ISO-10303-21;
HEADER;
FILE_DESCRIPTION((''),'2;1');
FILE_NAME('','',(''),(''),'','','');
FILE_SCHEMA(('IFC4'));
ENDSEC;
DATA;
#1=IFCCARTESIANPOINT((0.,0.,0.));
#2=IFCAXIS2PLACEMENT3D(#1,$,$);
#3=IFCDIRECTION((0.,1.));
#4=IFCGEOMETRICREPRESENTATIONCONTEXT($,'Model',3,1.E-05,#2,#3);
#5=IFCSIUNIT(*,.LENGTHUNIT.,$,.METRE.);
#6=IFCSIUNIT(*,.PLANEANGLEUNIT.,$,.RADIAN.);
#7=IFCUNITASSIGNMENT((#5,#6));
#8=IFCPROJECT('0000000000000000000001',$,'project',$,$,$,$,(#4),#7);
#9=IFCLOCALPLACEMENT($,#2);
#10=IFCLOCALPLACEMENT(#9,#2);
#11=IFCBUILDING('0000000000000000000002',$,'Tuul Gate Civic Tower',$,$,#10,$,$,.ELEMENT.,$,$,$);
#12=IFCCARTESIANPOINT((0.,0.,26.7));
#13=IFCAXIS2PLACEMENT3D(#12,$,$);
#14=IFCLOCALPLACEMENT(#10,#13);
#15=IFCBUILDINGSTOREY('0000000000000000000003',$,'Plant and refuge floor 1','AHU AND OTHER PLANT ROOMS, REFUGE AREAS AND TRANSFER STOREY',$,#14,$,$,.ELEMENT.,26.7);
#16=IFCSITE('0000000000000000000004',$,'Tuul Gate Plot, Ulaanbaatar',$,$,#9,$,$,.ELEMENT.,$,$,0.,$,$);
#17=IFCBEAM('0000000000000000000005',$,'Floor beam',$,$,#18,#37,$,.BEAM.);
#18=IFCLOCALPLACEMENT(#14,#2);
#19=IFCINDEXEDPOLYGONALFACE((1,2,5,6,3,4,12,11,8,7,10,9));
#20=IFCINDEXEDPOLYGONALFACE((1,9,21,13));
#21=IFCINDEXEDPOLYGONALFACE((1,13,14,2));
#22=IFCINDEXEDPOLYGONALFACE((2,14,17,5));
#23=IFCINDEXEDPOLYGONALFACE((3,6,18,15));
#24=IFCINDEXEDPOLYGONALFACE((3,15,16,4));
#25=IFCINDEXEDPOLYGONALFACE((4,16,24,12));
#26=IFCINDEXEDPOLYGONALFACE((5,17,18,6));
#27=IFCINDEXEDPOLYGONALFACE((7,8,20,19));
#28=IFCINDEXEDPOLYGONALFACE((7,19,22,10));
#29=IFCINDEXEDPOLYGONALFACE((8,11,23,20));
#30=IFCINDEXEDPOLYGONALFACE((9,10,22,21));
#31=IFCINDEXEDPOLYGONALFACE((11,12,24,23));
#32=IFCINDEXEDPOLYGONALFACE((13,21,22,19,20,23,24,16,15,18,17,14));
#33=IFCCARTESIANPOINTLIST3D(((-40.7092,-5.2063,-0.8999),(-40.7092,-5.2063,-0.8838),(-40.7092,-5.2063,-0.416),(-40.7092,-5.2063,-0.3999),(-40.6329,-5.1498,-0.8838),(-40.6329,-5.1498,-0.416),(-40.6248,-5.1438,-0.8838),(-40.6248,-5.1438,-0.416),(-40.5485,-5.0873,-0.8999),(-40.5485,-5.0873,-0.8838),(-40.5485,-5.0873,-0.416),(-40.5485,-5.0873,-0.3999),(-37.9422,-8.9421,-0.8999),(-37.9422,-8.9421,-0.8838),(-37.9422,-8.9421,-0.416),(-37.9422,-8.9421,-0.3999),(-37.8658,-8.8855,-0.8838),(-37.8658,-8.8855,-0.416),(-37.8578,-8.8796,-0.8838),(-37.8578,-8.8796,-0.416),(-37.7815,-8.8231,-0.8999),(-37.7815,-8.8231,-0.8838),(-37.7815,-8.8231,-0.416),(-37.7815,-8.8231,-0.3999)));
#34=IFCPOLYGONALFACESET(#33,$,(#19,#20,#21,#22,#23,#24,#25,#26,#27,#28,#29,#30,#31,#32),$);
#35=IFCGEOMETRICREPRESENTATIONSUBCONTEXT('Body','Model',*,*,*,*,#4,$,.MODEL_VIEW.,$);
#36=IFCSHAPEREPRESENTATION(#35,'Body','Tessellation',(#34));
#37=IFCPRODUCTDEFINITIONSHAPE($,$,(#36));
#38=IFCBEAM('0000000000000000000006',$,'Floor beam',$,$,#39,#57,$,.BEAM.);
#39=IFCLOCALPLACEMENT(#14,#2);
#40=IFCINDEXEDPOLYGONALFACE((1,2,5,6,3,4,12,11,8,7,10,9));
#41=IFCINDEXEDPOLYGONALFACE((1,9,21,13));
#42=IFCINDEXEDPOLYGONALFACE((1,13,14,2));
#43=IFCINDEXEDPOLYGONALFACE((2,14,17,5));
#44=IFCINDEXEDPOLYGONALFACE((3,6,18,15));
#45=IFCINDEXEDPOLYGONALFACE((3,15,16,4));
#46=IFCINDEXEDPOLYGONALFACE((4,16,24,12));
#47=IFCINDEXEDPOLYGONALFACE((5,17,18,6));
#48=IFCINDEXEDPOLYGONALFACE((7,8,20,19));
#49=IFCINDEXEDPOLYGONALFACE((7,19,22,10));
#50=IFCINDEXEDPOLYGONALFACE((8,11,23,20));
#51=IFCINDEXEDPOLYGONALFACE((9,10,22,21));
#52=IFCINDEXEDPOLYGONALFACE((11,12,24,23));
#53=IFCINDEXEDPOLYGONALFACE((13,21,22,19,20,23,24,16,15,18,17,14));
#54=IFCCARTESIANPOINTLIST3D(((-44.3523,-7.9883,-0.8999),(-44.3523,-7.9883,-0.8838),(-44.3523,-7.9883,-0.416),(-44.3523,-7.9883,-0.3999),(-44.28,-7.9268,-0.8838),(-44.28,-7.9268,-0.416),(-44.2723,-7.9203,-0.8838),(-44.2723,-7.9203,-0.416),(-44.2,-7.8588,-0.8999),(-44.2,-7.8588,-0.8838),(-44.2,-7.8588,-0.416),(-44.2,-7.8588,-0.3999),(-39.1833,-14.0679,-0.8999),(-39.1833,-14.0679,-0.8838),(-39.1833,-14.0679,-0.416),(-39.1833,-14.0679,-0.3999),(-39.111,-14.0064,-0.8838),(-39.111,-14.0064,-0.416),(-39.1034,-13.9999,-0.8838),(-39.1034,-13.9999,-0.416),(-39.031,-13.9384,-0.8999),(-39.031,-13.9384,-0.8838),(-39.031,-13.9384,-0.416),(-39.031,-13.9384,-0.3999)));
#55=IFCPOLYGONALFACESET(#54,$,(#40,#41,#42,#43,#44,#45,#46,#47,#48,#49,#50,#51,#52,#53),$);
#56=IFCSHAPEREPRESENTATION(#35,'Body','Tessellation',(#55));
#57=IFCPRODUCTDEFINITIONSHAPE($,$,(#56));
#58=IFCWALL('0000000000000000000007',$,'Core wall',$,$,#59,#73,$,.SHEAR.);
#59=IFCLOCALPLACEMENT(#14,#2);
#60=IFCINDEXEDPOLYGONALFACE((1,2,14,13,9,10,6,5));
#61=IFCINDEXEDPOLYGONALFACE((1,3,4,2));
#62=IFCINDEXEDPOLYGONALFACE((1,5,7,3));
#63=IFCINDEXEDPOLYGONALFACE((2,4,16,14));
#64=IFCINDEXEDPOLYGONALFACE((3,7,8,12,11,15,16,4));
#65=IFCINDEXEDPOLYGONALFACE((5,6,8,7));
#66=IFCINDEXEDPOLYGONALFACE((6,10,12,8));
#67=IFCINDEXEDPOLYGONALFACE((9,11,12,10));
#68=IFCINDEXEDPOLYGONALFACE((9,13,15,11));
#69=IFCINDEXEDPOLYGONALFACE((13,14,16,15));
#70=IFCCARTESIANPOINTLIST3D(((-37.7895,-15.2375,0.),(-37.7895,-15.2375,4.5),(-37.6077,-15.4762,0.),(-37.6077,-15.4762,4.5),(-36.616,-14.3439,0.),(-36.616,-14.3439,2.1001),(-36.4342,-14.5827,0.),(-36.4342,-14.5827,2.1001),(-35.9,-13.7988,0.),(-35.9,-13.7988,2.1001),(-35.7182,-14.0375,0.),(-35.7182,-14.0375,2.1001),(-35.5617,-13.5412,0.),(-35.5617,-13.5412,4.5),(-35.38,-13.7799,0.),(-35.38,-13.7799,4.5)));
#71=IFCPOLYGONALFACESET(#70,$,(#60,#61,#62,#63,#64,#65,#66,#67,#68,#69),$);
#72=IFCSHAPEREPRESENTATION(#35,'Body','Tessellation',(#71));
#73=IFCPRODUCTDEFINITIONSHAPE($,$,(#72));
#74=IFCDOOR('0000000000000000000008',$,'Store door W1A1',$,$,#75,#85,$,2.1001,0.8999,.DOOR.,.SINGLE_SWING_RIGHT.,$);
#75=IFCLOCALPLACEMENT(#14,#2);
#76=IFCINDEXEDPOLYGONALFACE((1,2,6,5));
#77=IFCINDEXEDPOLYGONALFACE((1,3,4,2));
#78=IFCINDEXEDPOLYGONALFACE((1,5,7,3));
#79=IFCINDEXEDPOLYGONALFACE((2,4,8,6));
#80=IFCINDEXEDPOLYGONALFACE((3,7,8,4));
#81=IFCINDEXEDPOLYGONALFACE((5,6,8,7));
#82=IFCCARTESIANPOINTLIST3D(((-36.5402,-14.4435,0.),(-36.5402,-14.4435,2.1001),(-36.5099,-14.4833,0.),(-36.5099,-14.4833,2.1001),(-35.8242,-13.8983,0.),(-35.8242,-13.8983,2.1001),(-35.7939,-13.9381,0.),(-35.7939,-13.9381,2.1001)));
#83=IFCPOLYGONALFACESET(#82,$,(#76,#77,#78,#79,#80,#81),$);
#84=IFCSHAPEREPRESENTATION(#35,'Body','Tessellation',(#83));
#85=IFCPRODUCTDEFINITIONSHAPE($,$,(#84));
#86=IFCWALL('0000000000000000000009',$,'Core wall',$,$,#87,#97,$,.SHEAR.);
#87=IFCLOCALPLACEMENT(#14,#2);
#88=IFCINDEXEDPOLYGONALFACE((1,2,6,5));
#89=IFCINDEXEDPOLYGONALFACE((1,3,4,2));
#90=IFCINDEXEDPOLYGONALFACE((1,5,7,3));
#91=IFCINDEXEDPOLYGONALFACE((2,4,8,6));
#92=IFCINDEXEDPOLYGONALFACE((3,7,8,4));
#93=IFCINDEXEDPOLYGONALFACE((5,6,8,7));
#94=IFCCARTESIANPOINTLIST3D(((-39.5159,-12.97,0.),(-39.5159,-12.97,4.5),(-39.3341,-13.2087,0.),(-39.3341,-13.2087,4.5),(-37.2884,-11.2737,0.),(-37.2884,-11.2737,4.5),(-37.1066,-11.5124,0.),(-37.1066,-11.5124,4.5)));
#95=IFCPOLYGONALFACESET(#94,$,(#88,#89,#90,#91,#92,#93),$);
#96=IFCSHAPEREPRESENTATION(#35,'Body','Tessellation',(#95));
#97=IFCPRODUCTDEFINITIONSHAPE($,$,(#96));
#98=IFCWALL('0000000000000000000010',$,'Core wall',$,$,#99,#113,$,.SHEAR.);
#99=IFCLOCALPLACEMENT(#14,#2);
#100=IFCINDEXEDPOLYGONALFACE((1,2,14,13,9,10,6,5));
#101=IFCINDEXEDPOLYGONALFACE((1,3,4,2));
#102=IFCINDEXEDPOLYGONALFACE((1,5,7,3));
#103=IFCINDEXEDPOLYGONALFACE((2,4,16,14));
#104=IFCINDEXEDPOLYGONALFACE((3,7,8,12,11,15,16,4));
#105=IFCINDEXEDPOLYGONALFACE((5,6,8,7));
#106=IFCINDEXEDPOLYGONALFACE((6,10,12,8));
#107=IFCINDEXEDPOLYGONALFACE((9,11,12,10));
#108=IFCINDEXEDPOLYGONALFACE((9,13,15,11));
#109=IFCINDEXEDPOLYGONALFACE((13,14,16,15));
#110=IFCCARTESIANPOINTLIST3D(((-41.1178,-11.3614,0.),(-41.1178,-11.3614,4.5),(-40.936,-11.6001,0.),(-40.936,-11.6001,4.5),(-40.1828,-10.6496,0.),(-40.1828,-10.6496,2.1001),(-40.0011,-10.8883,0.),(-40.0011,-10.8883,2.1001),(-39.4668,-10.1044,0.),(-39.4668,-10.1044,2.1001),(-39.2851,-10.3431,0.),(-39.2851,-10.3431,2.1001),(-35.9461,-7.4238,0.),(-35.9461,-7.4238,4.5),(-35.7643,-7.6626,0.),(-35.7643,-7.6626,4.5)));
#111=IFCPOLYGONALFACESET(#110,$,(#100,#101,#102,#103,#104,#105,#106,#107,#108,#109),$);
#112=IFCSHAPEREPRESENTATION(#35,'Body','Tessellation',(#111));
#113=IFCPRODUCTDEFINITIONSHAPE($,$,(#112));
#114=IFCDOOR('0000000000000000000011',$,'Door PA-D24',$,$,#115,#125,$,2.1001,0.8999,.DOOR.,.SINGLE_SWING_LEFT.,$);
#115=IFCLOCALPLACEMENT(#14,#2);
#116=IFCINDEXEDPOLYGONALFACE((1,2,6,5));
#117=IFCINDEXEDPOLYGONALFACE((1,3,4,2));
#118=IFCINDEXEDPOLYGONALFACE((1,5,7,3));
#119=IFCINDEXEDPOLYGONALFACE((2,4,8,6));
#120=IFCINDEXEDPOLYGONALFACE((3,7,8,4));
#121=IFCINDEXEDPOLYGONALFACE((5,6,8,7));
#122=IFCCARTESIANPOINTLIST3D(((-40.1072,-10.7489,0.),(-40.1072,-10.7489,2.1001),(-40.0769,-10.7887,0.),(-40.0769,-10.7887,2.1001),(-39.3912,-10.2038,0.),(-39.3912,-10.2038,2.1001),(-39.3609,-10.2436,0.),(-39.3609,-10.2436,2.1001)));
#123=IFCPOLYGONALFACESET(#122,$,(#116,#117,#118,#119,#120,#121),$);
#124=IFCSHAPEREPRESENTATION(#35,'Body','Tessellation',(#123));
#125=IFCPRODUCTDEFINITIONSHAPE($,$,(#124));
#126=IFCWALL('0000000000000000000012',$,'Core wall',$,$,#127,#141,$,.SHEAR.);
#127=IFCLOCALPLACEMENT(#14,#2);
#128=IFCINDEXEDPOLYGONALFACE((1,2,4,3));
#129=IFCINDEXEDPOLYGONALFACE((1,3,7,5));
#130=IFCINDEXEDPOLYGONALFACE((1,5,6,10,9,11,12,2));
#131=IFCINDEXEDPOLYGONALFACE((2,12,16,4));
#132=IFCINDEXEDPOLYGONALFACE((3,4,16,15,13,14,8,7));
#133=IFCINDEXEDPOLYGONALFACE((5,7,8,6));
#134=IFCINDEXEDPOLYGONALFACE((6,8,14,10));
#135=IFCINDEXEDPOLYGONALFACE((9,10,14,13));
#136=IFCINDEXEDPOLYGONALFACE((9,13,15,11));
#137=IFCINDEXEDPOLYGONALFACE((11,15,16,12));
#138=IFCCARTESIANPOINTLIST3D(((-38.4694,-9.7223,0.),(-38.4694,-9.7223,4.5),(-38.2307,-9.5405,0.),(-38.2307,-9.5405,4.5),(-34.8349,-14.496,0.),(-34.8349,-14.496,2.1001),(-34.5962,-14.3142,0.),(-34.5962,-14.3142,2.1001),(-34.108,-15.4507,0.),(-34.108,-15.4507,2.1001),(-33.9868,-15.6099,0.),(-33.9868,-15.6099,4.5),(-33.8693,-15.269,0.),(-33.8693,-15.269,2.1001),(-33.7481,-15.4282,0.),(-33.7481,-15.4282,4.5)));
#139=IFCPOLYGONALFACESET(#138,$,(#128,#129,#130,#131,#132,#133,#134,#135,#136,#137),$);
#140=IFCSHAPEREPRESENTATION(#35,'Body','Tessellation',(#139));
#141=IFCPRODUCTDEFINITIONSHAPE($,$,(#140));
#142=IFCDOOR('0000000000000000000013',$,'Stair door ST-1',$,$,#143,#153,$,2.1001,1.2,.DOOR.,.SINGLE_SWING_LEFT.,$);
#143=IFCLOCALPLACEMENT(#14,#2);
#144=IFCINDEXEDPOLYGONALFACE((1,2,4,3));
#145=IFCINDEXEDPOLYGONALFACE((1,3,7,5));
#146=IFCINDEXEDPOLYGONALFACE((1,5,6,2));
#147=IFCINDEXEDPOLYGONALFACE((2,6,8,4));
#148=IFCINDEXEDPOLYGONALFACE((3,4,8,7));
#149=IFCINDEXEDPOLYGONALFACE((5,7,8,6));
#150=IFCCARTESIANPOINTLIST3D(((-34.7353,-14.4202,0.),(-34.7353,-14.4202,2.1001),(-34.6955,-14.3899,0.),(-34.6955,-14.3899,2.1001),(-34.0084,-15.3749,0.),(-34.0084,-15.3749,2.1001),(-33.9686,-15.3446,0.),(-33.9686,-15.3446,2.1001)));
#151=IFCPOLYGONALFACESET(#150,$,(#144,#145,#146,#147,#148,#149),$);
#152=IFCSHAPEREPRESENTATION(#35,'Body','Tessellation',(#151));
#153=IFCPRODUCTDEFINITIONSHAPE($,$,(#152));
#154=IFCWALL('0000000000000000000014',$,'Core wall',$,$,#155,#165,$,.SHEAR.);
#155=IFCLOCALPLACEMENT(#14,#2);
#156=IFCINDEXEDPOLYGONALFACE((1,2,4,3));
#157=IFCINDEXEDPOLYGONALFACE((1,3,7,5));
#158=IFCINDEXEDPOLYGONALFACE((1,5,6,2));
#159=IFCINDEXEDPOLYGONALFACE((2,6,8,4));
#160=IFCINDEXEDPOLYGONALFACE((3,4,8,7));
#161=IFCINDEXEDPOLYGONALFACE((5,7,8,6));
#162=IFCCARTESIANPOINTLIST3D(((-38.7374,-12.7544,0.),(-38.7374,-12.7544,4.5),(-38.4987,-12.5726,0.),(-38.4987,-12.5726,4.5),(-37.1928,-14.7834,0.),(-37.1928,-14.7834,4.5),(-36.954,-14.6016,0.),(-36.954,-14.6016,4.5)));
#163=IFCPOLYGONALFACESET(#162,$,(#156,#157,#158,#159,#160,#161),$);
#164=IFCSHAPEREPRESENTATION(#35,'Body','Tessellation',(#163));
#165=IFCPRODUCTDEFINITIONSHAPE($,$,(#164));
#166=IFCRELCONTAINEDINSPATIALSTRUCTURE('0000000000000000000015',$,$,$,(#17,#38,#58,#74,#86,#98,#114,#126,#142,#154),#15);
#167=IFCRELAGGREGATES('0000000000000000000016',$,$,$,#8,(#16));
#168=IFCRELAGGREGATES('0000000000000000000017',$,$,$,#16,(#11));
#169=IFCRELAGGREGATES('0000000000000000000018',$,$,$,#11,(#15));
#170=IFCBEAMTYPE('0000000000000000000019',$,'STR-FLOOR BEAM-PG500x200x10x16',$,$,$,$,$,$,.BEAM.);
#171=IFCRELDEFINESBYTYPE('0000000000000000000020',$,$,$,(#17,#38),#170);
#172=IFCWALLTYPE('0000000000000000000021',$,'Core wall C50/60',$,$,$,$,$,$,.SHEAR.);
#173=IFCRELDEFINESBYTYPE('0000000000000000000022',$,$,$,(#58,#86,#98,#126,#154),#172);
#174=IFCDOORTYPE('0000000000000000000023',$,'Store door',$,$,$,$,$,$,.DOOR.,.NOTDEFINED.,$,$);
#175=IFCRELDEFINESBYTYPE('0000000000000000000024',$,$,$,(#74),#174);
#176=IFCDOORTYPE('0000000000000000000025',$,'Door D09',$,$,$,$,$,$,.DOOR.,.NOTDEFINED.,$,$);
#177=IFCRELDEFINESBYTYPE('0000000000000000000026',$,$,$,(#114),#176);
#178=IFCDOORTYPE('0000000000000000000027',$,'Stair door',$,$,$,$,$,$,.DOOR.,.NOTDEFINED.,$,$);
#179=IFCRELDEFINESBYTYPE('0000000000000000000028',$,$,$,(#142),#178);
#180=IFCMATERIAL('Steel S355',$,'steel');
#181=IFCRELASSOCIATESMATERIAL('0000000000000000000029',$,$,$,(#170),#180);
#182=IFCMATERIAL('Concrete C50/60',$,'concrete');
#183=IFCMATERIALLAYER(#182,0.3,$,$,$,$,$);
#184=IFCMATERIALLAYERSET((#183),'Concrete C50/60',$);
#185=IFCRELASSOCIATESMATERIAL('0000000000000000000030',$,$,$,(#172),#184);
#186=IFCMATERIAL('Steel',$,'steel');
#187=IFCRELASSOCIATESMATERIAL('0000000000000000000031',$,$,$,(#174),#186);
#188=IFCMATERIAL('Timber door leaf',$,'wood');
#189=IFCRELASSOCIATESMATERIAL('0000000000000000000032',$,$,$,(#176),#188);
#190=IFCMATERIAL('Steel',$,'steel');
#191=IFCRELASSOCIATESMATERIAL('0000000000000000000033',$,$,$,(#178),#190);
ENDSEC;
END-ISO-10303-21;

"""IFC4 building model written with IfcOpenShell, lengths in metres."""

from ifc_helpers import new_model, si_unit, direction, frame, frame_2d, origin, origin_2d, place, context, subcontext, project, spatial, rectangle, i_section, extrude, material, layer, layer_set, material_profile, profile_set, type_object, element, fill, save


model = new_model("IFC4")

# Units and contexts
model_context = context("Model", 3, precision=1e-05, world=origin(), true_north=direction((0.0, 1.0)))
body_context = subcontext(model_context, "Body", "Model", "MODEL_VIEW")
ifc_project = project(units=[si_unit("LENGTHUNIT", "METRE"), si_unit("PLANEANGLEUNIT", "RADIAN")], contexts=[model_context])

# Site, building, storey
site_placement = place(None, origin())
site = spatial("IfcSite", under=ifc_project, at=site_placement, Name="Tuul Gate Plot, Ulaanbaatar", CompositionType="ELEMENT", RefElevation=0.0)
building_placement = place(site_placement, origin())
building = spatial("IfcBuilding", under=site, at=building_placement, Name="Tuul Gate Civic Tower", CompositionType="ELEMENT")
storey_placement = place(building_placement, frame((0.0, 0.0, 26.7)))
storey = spatial("IfcBuildingStorey", under=building, at=storey_placement, Name="Plant and refuge floor 1", Description="AHU AND OTHER PLANT ROOMS, REFUGE AREAS AND TRANSFER STOREY", CompositionType="ELEMENT", Elevation=26.7)

# Beams
ifc_material_1 = material(Name="Steel S355", Category="steel")
ifc_material_profile = material_profile(ifc_material_1, i_section(OverallWidth=0.2, OverallDepth=0.5, WebThickness=0.01, FlangeThickness=0.0161, at=origin_2d()), Name="PG500x200x10x16")
ifc_profile_set = profile_set([ifc_material_profile], Name="Steel S355")
beam_type = type_object("IfcBeamType", Name="STR-FLOOR BEAM-PG500x200x10x16", PredefinedType="BEAM", material=ifc_profile_set)
beam_1_placement = place(storey_placement, frame((-37.8618, -8.8826, -0.6499), z_axis=(-0.5952, 0.803578, 0.0), x_axis=(-0.803578, -0.5952, 0.0)))
element("IfcBeam", 1, at=beam_1_placement, inside=storey, type_object=beam_type, Name="Floor beam", PredefinedType="BEAM", context=body_context, shape_type="SweptSolid", body=[
    extrude(i_section(OverallWidth=0.2, OverallDepth=0.5, WebThickness=0.01, FlangeThickness=0.0161, at=origin_2d()), origin(), (0.0, 0.0, 1.0), 4.6489),
])
beam_2_placement = place(storey_placement, frame((-39.1072, -14.0032, -0.6499), z_axis=(-0.647743, 0.761859, 0.0), x_axis=(-0.761859, -0.647743, 0.0)))
element("IfcBeam", 2, at=beam_2_placement, inside=storey, type_object=beam_type, Name="Floor beam", PredefinedType="BEAM", context=body_context, shape_type="SweptSolid", body=[
    extrude(i_section(OverallWidth=0.2, OverallDepth=0.5, WebThickness=0.01, FlangeThickness=0.0161, at=origin_2d()), origin(), (0.0, 0.0, 1.0), 7.98),
])

# Wall, opening, door
ifc_material_2 = material(Name="Concrete C50/60", Category="concrete")
ifc_layer_1 = layer(ifc_material_2, 0.3)
ifc_layer_set_1 = layer_set([ifc_layer_1], Name="Concrete C50/60")
wall_type_1 = type_object("IfcWallType", Name="Core wall C50/60", PredefinedType="SHEAR", material=ifc_layer_set_1)
wall_1_placement = place(storey_placement, frame((-35.4709, -13.6606, 0.0), z_axis=(0.0, 0.0, 1.0), x_axis=(-0.795616, -0.605802, 0.0)))
wall_1 = element("IfcWall", 3, at=wall_1_placement, inside=storey, type_object=wall_type_1, Name="Core wall", PredefinedType="SHEAR", context=body_context, shape_type="SweptSolid", body=[
    extrude(rectangle(XDim=2.8, YDim=0.3, at=frame_2d((1.3999, 0.0))), origin(), (0.0, 0.0, 1.0), 4.5),
])
opening_1_placement = place(wall_1_placement, frame((0.425, 0.0, 0.0)))
opening_1 = element("IfcOpeningElement", 4, at=opening_1_placement, cuts=wall_1, PredefinedType="OPENING", context=body_context, shape_type="SweptSolid", body=[
    extrude(rectangle(XDim=0.8999, YDim=2.1001, at=frame_2d((0.45, 1.05))), frame((0.0, 0.1602, 0.0), z_axis=(0.0, -1.0, 0.0), x_axis=(1.0, 0.0, 0.0)), (0.0, 0.0, 1.0), 0.3201),
])
ifc_material_3 = material(Name="Steel", Category="steel")
door_type_1 = type_object("IfcDoorType", Name="Store door", OperationType="NOTDEFINED", PredefinedType="DOOR", material=ifc_material_3)
door_1_placement = place(opening_1_placement, frame((0.8999, 0.0, 0.0), z_axis=(0.0, 0.0, 1.0), x_axis=(-1.0, 0.0, 0.0)))
door_1 = element("IfcDoor", 5, at=door_1_placement, inside=storey, type_object=door_type_1, Name="Store door W1A1", OperationType="SINGLE_SWING_RIGHT", OverallHeight=2.1001, OverallWidth=0.8999, PredefinedType="DOOR", context=body_context, shape_type="SweptSolid", body=[
    extrude(rectangle(XDim=0.8999, YDim=2.1001, at=frame_2d((0.45, 1.05))), frame((0.0, 0.0249, 0.0), z_axis=(0.0, -1.0, 0.0), x_axis=(1.0, 0.0, 0.0)), (0.0, 0.0, 1.0), 0.05),
])
fill(opening_1, door_1)

# Wall
wall_2_placement = place(storey_placement, frame((-37.1975, -11.3931, 0.0), z_axis=(0.0, 0.0, 1.0), x_axis=(-0.795584, -0.605844, 0.0)))
element("IfcWall", 6, at=wall_2_placement, inside=storey, type_object=wall_type_1, Name="Core wall", PredefinedType="SHEAR", context=body_context, shape_type="SweptSolid", body=[
    extrude(rectangle(XDim=2.7998, YDim=0.3, at=frame_2d((1.3999, 0.0))), origin(), (0.0, 0.0, 1.0), 4.5),
])

# Walls, openings, doors
wall_3_placement = place(storey_placement, frame((-35.8552, -7.5432, 0.0), z_axis=(0.0, 0.0, 1.0), x_axis=(-0.795639, -0.605772, 0.0)))
wall_3 = element("IfcWall", 7, at=wall_3_placement, inside=storey, type_object=wall_type_1, Name="Core wall", PredefinedType="SHEAR", context=body_context, shape_type="SweptSolid", body=[
    extrude(rectangle(XDim=6.5, YDim=0.3, at=frame_2d((3.25, 0.0))), origin(), (0.0, 0.0, 1.0), 4.5),
])
opening_2_placement = place(wall_3_placement, frame((4.425, 0.0, 0.0)))
opening_2 = element("IfcOpeningElement", 8, at=opening_2_placement, cuts=wall_3, PredefinedType="OPENING", context=body_context, shape_type="SweptSolid", body=[
    extrude(rectangle(XDim=0.8999, YDim=2.1001, at=frame_2d((0.45, 1.05))), frame((0.0, 0.1602, 0.0), z_axis=(0.0, -1.0, 0.0), x_axis=(1.0, 0.0, 0.0)), (0.0, 0.0, 1.0), 0.3201),
])
ifc_material_4 = material(Name="Timber door leaf", Category="wood")
door_type_2 = type_object("IfcDoorType", Name="Door D09", OperationType="NOTDEFINED", PredefinedType="DOOR", material=ifc_material_4)
door_2_placement = place(opening_2_placement, origin())
door_2 = element("IfcDoor", 9, at=door_2_placement, inside=storey, type_object=door_type_2, Name="Door PA-D24", OperationType="SINGLE_SWING_LEFT", OverallHeight=2.1001, OverallWidth=0.8999, PredefinedType="DOOR", context=body_context, shape_type="SweptSolid", body=[
    extrude(rectangle(XDim=0.8999, YDim=2.1001, at=frame_2d((0.45, 1.05))), frame((0.0, 0.0249, 0.0), z_axis=(0.0, -1.0, 0.0), x_axis=(1.0, 0.0, 0.0)), (0.0, 0.0, 1.0), 0.05),
])
fill(opening_2, door_2)
wall_4_placement = place(storey_placement, frame((-33.8674, -15.519, 0.0), z_axis=(0.0, 0.0, 1.0), x_axis=(-0.60577, 0.79564, 0.0)))
wall_4 = element("IfcWall", 10, at=wall_4_placement, inside=storey, type_object=wall_type_1, Name="Core wall", PredefinedType="SHEAR", context=body_context, shape_type="SweptSolid", body=[
    extrude(rectangle(XDim=7.3999, YDim=0.3, at=frame_2d((3.7, 0.0))), origin(), (0.0, 0.0, 1.0), 4.5),
])
opening_3_placement = place(wall_4_placement, frame((0.2, 0.0, 0.0)))
opening_3 = element("IfcOpeningElement", 11, at=opening_3_placement, cuts=wall_4, PredefinedType="OPENING", context=body_context, shape_type="SweptSolid", body=[
    extrude(rectangle(XDim=1.2, YDim=2.1001, at=frame_2d((0.6001, 1.05))), frame((0.0, 0.1602, 0.0), z_axis=(0.0, -1.0, 0.0), x_axis=(1.0, 0.0, 0.0)), (0.0, 0.0, 1.0), 0.3201),
])
ifc_material_5 = material(Name="Steel", Category="steel")
door_type_3 = type_object("IfcDoorType", Name="Stair door", OperationType="NOTDEFINED", PredefinedType="DOOR", material=ifc_material_5)
door_3_placement = place(opening_3_placement, origin())
door_3 = element("IfcDoor", 12, at=door_3_placement, inside=storey, type_object=door_type_3, Name="Stair door ST-1", OperationType="SINGLE_SWING_LEFT", OverallHeight=2.1001, OverallWidth=1.2, PredefinedType="DOOR", context=body_context, shape_type="SweptSolid", body=[
    extrude(rectangle(XDim=1.2, YDim=2.1001, at=frame_2d((0.6001, 1.05))), frame((0.0, 0.0249, 0.0), z_axis=(0.0, -1.0, 0.0), x_axis=(1.0, 0.0, 0.0)), (0.0, 0.0, 1.0), 0.05),
])
fill(opening_3, door_3)

# Wall
wall_5_placement = place(storey_placement, frame((-37.0735, -14.6924, 0.0), z_axis=(0.0, 0.0, 1.0), x_axis=(-0.605729, 0.795671, 0.0)))
element("IfcWall", 13, at=wall_5_placement, inside=storey, type_object=wall_type_1, Name="Core wall", PredefinedType="SHEAR", context=body_context, shape_type="SweptSolid", body=[
    extrude(rectangle(XDim=2.55, YDim=0.3, at=frame_2d((1.2749, 0.0))), origin(), (0.0, 0.0, 1.0), 4.5),
])

save(model, "model.ifc")
